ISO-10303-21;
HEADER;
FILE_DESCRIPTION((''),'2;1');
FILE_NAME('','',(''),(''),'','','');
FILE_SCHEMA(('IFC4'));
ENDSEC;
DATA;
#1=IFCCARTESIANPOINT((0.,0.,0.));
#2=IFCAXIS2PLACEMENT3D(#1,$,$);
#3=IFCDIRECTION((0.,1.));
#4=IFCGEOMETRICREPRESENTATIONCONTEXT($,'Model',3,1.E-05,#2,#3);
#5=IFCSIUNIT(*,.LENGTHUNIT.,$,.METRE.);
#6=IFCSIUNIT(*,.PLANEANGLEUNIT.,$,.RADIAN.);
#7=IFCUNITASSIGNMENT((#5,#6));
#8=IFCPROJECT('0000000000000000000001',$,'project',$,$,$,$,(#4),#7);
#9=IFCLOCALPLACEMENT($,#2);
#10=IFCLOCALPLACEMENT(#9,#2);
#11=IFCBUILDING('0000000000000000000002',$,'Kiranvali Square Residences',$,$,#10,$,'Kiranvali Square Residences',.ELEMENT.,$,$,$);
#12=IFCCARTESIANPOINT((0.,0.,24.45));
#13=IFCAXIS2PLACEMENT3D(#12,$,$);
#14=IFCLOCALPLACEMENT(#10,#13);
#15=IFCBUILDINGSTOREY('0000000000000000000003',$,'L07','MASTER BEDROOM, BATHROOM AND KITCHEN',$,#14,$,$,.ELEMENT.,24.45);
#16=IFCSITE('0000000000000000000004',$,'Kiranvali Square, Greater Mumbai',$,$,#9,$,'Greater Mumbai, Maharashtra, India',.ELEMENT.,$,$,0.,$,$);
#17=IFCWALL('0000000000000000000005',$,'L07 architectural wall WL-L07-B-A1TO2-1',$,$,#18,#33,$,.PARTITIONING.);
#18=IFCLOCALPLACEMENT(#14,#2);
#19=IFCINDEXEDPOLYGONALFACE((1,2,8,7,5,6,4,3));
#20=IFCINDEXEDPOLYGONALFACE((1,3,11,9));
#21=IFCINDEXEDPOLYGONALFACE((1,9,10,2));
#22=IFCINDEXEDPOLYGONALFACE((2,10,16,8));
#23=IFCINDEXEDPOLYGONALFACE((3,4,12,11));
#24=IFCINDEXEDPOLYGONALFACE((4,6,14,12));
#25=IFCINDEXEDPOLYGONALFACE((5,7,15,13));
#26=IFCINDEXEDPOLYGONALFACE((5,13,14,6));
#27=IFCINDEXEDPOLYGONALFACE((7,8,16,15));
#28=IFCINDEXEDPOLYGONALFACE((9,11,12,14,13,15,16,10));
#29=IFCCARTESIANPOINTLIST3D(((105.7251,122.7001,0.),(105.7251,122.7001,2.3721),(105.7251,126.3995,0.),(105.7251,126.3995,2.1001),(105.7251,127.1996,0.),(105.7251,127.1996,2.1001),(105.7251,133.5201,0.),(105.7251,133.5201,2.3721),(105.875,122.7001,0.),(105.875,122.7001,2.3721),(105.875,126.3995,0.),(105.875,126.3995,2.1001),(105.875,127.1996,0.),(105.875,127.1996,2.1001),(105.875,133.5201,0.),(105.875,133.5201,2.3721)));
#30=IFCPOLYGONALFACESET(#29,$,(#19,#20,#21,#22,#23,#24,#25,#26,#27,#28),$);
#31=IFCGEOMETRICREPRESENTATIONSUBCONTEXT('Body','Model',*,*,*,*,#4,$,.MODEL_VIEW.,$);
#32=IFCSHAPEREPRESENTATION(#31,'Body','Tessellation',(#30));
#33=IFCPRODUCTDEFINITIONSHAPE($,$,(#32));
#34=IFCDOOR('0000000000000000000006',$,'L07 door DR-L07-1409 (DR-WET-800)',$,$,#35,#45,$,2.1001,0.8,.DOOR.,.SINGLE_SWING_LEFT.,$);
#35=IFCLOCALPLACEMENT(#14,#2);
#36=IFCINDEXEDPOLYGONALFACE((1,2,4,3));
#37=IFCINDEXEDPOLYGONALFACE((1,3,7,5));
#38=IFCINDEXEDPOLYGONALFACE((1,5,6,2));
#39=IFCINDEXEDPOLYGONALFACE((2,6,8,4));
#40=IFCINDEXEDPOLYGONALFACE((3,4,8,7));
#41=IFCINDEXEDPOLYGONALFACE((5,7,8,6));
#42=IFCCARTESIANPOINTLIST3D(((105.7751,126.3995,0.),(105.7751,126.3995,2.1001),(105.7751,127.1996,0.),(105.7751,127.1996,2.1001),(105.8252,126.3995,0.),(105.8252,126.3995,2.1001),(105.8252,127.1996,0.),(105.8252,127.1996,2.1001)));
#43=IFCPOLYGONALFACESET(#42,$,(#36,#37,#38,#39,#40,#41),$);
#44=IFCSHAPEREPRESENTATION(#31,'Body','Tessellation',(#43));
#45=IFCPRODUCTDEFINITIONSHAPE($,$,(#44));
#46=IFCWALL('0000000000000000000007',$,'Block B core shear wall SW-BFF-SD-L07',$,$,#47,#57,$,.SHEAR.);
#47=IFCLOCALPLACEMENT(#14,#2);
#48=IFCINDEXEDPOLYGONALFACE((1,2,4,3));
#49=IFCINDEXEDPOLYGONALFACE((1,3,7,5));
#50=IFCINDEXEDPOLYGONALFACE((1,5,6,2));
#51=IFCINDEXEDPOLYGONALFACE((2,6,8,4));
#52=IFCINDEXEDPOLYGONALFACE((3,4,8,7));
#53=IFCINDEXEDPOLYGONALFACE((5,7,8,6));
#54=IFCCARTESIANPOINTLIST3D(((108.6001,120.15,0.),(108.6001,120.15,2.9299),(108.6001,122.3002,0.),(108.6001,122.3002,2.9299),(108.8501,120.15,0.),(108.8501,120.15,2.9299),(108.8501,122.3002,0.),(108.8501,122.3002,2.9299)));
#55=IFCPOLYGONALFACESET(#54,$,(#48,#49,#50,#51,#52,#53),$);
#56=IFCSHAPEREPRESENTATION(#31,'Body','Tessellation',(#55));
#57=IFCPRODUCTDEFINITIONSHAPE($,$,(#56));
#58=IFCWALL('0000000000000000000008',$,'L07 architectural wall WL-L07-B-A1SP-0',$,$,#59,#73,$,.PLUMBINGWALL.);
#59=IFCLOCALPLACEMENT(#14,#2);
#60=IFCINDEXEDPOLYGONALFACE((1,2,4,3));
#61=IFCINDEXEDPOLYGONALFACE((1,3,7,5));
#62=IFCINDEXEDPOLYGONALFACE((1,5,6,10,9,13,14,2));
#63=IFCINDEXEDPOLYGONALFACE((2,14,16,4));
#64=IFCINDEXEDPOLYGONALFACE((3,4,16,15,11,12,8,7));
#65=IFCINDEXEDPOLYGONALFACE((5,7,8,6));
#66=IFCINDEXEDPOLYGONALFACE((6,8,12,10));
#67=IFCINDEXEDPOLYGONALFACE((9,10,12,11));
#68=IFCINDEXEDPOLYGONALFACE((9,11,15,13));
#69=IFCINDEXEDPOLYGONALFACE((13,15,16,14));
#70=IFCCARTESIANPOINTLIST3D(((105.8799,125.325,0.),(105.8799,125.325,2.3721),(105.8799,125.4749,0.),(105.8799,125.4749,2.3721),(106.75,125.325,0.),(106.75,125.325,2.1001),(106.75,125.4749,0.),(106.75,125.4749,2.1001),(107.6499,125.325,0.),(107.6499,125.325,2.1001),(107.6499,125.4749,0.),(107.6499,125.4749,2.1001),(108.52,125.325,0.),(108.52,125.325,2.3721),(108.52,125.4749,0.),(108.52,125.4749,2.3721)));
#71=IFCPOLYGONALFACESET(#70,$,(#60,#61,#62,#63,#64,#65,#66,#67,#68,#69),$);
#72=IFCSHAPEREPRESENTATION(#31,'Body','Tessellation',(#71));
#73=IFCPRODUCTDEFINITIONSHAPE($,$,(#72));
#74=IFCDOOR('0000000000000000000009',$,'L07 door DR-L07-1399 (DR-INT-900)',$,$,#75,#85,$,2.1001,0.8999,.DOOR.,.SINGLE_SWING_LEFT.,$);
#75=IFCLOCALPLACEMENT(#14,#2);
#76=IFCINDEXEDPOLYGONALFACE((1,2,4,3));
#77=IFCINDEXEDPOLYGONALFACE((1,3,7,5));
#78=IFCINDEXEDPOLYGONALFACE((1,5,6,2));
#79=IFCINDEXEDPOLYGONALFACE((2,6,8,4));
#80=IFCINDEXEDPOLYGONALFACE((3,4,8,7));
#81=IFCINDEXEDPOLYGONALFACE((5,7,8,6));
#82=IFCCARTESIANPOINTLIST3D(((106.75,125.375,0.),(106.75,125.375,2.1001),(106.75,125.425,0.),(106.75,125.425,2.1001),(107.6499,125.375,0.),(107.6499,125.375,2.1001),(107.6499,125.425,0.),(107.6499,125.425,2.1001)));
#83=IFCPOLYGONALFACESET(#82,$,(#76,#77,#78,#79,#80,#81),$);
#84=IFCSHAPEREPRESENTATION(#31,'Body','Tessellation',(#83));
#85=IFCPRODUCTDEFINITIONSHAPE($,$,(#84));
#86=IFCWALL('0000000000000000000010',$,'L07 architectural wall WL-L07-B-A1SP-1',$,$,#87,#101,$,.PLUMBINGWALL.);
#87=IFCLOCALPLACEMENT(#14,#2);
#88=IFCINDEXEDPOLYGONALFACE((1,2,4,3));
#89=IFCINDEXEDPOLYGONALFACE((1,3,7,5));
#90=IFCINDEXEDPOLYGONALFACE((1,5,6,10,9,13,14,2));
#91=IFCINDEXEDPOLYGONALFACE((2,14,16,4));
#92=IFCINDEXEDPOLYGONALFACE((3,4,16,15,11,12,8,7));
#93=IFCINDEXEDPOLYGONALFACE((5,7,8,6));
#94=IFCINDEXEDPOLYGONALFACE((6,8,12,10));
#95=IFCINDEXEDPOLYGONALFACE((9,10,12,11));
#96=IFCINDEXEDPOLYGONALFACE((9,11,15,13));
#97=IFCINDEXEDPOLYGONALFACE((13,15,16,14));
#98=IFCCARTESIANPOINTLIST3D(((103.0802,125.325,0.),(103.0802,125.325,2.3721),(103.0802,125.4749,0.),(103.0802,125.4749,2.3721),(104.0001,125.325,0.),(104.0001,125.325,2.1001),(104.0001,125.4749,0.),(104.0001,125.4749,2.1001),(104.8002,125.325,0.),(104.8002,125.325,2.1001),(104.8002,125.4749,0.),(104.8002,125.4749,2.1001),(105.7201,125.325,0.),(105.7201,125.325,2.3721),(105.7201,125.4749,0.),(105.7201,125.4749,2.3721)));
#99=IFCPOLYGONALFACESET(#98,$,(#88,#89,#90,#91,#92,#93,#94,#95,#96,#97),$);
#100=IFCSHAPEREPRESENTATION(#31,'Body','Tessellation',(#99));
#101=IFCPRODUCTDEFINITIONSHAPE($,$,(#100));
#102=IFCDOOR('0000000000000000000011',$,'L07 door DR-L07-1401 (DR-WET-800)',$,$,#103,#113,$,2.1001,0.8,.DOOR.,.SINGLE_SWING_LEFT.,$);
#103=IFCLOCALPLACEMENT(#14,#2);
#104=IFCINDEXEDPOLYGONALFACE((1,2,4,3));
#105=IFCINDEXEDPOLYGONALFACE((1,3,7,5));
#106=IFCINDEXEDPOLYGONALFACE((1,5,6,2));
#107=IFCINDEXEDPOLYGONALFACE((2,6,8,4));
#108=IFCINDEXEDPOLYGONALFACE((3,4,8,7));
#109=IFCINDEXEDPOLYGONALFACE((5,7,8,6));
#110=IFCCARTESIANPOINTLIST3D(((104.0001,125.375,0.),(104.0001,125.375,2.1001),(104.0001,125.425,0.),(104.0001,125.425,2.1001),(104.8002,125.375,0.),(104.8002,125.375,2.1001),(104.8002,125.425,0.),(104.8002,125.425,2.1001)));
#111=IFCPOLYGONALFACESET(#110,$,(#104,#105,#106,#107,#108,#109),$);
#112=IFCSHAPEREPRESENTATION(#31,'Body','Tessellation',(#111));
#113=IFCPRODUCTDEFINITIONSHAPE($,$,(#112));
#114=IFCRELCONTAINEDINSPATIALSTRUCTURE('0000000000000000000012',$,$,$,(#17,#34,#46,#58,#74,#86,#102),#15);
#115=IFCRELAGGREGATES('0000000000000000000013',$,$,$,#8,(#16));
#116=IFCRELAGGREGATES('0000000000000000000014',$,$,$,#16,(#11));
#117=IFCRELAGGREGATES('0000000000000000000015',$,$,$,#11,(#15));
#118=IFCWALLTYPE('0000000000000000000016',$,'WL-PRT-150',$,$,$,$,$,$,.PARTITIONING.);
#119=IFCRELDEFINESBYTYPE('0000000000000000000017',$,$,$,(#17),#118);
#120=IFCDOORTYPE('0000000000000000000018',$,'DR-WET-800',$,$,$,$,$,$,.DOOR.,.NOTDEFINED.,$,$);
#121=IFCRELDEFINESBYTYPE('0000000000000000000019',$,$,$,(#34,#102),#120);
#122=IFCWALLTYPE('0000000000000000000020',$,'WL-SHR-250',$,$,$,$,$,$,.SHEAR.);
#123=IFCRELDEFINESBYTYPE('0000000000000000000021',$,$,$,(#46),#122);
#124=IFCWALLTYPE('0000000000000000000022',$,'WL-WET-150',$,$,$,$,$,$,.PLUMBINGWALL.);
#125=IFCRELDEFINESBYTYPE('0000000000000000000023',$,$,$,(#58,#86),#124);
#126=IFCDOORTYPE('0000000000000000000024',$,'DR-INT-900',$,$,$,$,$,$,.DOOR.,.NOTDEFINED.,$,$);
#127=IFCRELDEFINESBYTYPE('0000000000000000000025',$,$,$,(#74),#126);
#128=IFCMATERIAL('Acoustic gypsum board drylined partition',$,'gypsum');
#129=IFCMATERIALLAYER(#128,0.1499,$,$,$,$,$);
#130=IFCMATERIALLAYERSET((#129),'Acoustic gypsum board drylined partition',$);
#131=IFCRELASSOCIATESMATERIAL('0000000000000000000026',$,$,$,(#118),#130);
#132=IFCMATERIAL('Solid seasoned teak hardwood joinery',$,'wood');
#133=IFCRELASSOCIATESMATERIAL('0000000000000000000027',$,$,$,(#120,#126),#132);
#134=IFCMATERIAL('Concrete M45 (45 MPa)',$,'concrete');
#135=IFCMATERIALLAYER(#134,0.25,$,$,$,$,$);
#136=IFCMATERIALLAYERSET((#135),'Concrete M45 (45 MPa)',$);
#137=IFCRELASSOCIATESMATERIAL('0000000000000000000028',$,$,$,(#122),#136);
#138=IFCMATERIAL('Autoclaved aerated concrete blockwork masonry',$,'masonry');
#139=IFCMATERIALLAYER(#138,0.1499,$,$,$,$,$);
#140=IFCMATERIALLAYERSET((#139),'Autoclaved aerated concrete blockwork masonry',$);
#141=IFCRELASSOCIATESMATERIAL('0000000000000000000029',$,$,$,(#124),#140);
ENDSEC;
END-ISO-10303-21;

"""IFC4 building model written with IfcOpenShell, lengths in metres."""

from ifc_helpers import new_model, si_unit, direction, frame, frame_2d, origin, place, context, subcontext, project, spatial, rectangle, extrude, material, layer, layer_set, type_object, element, fill, save


model = new_model("IFC4")

# Units and contexts
model_context = context("Model", 3, precision=1e-05, world=origin(), true_north=direction((0.0, 1.0)))
body_context = subcontext(model_context, "Body", "Model", "MODEL_VIEW")
ifc_project = project(units=[si_unit("LENGTHUNIT", "METRE"), si_unit("PLANEANGLEUNIT", "RADIAN")], contexts=[model_context])

# Site, building, storey
site_placement = place(None, origin())
site = spatial("IfcSite", under=ifc_project, at=site_placement, Name="Kiranvali Square, Greater Mumbai", LongName="Greater Mumbai, Maharashtra, India", CompositionType="ELEMENT", RefElevation=0.0)
building_placement = place(site_placement, origin())
building = spatial("IfcBuilding", under=site, at=building_placement, Name="Kiranvali Square Residences", LongName="Kiranvali Square Residences", CompositionType="ELEMENT")
storey_placement = place(building_placement, frame((0.0, 0.0, 24.45)))
storey = spatial("IfcBuildingStorey", under=building, at=storey_placement, Name="L07", Description="MASTER BEDROOM, BATHROOM AND KITCHEN", CompositionType="ELEMENT", Elevation=24.45)

# Shared definitions
ifc_material_1 = material(Name="Concrete M45 (45 MPa)", Category="concrete")

# Shared definitions
ifc_material_2 = material(Name="Autoclaved aerated concrete blockwork masonry", Category="masonry")

# Wall, opening, door
ifc_material_3 = material(Name="Acoustic gypsum board drylined partition", Category="gypsum")
ifc_layer_1 = layer(ifc_material_3, 0.1499)
ifc_layer_set_1 = layer_set([ifc_layer_1], Name="Acoustic gypsum board drylined partition")
wall_type_1 = type_object("IfcWallType", Name="WL-PRT-150", PredefinedType="PARTITIONING", material=ifc_layer_set_1)
ifc_material_4 = material(Name="Solid seasoned teak hardwood joinery", Category="wood")
door_type_1 = type_object("IfcDoorType", Name="DR-WET-800", OperationType="NOTDEFINED", PredefinedType="DOOR", material=ifc_material_4)
wall_1_placement = place(storey_placement, frame((105.8, 122.7, 0.0), z_axis=(0.0, 0.0, 1.0), x_axis=(0.0, 1.0, 0.0)))
wall_1 = element("IfcWall", 1, at=wall_1_placement, inside=storey, type_object=wall_type_1, Name="L07 architectural wall WL-L07-B-A1TO2-1", PredefinedType="PARTITIONING", context=body_context, shape_type="SweptSolid", body=[
    extrude(rectangle(XDim=10.8201, YDim=0.1499, at=frame_2d((5.4102, 0.0))), origin(), (0.0, 0.0, 1.0), 2.3721),
])
opening_1_placement = place(wall_1_placement, frame((3.6997, 0.0, 0.0)))
opening_1 = element("IfcOpeningElement", 2, at=opening_1_placement, cuts=wall_1, PredefinedType="OPENING", context=body_context, shape_type="SweptSolid", body=[
    extrude(rectangle(XDim=0.8, YDim=2.1001, at=frame_2d((0.3999, 1.05))), frame((0.0, 0.085, 0.0), z_axis=(0.0, -1.0, 0.0), x_axis=(1.0, 0.0, 0.0)), (0.0, 0.0, 1.0), 0.1699),
])
door_1_placement = place(opening_1_placement, origin())
door_1 = element("IfcDoor", 3, at=door_1_placement, inside=storey, type_object=door_type_1, Name="L07 door DR-L07-1409 (DR-WET-800)", OperationType="SINGLE_SWING_LEFT", OverallHeight=2.1001, OverallWidth=0.8, PredefinedType="DOOR", context=body_context, shape_type="SweptSolid", body=[
    extrude(rectangle(XDim=0.8, YDim=2.1001, at=frame_2d((0.3999, 1.05))), frame((0.0, 0.0249, 0.0), z_axis=(0.0, -1.0, 0.0), x_axis=(1.0, 0.0, 0.0)), (0.0, 0.0, 1.0), 0.05),
])
fill(opening_1, door_1)

# Wall
ifc_layer_2 = layer(ifc_material_1, 0.25)
ifc_layer_set_2 = layer_set([ifc_layer_2], Name="Concrete M45 (45 MPa)")
wall_type_2 = type_object("IfcWallType", Name="WL-SHR-250", PredefinedType="SHEAR", material=ifc_layer_set_2)
wall_2_placement = place(storey_placement, frame((108.7251, 120.1499, 0.0), z_axis=(0.0, 0.0, 1.0), x_axis=(0.0, 1.0, 0.0)))
element("IfcWall", 4, at=wall_2_placement, inside=storey, type_object=wall_type_2, Name="Block B core shear wall SW-BFF-SD-L07", PredefinedType="SHEAR", context=body_context, shape_type="SweptSolid", body=[
    extrude(rectangle(XDim=2.1501, YDim=0.25, at=frame_2d((1.0752, 0.0))), origin(), (0.0, 0.0, 1.0), 2.9299),
])

# Walls, openings, doors
ifc_layer_3 = layer(ifc_material_2, 0.1499)
ifc_layer_set_3 = layer_set([ifc_layer_3], Name="Autoclaved aerated concrete blockwork masonry")
wall_type_3 = type_object("IfcWallType", Name="WL-WET-150", PredefinedType="PLUMBINGWALL", material=ifc_layer_set_3)
wall_3_placement = place(storey_placement, frame((108.52, 125.3999, 0.0), z_axis=(0.0, 0.0, 1.0), x_axis=(-1.0, 0.0, 0.0)))
wall_3 = element("IfcWall", 5, at=wall_3_placement, inside=storey, type_object=wall_type_3, Name="L07 architectural wall WL-L07-B-A1SP-0", PredefinedType="PLUMBINGWALL", context=body_context, shape_type="SweptSolid", body=[
    extrude(rectangle(XDim=2.6401, YDim=0.1499, at=frame_2d((1.3201, 0.0))), origin(), (0.0, 0.0, 1.0), 2.3721),
])
opening_2_placement = place(wall_3_placement, frame((0.8701, 0.0, 0.0)))
opening_2 = element("IfcOpeningElement", 6, at=opening_2_placement, cuts=wall_3, PredefinedType="OPENING", context=body_context, shape_type="SweptSolid", body=[
    extrude(rectangle(XDim=0.8999, YDim=2.1001, at=frame_2d((0.45, 1.05))), frame((0.0, 0.085, 0.0), z_axis=(0.0, -1.0, 0.0), x_axis=(1.0, 0.0, 0.0)), (0.0, 0.0, 1.0), 0.1699),
])
door_type_2 = type_object("IfcDoorType", Name="DR-INT-900", OperationType="NOTDEFINED", PredefinedType="DOOR", material=ifc_material_4)
door_2_placement = place(opening_2_placement, origin())
door_2 = element("IfcDoor", 7, at=door_2_placement, inside=storey, type_object=door_type_2, Name="L07 door DR-L07-1399 (DR-INT-900)", OperationType="SINGLE_SWING_LEFT", OverallHeight=2.1001, OverallWidth=0.8999, PredefinedType="DOOR", context=body_context, shape_type="SweptSolid", body=[
    extrude(rectangle(XDim=0.8999, YDim=2.1001, at=frame_2d((0.45, 1.05))), frame((0.0, 0.0249, 0.0), z_axis=(0.0, -1.0, 0.0), x_axis=(1.0, 0.0, 0.0)), (0.0, 0.0, 1.0), 0.05),
])
fill(opening_2, door_2)
wall_4_placement = place(storey_placement, frame((105.72, 125.3999, 0.0), z_axis=(0.0, 0.0, 1.0), x_axis=(-1.0, 0.0, 0.0)))
wall_4 = element("IfcWall", 8, at=wall_4_placement, inside=storey, type_object=wall_type_3, Name="L07 architectural wall WL-L07-B-A1SP-1", PredefinedType="PLUMBINGWALL", context=body_context, shape_type="SweptSolid", body=[
    extrude(rectangle(XDim=2.6399, YDim=0.1499, at=frame_2d((1.3198, 0.0))), origin(), (0.0, 0.0, 1.0), 2.3721),
])
opening_3_placement = place(wall_4_placement, frame((0.9199, 0.0, 0.0)))
opening_3 = element("IfcOpeningElement", 9, at=opening_3_placement, cuts=wall_4, PredefinedType="OPENING", context=body_context, shape_type="SweptSolid", body=[
    extrude(rectangle(XDim=0.8, YDim=2.1001, at=frame_2d((0.3999, 1.05))), frame((0.0, 0.085, 0.0), z_axis=(0.0, -1.0, 0.0), x_axis=(1.0, 0.0, 0.0)), (0.0, 0.0, 1.0), 0.1699),
])
door_3_placement = place(opening_3_placement, origin())
door_3 = element("IfcDoor", 10, at=door_3_placement, inside=storey, type_object=door_type_1, Name="L07 door DR-L07-1401 (DR-WET-800)", OperationType="SINGLE_SWING_LEFT", OverallHeight=2.1001, OverallWidth=0.8, PredefinedType="DOOR", context=body_context, shape_type="SweptSolid", body=[
    extrude(rectangle(XDim=0.8, YDim=2.1001, at=frame_2d((0.3999, 1.05))), frame((0.0, 0.0249, 0.0), z_axis=(0.0, -1.0, 0.0), x_axis=(1.0, 0.0, 0.0)), (0.0, 0.0, 1.0), 0.05),
])
fill(opening_3, door_3)

save(model, "model.ifc")
